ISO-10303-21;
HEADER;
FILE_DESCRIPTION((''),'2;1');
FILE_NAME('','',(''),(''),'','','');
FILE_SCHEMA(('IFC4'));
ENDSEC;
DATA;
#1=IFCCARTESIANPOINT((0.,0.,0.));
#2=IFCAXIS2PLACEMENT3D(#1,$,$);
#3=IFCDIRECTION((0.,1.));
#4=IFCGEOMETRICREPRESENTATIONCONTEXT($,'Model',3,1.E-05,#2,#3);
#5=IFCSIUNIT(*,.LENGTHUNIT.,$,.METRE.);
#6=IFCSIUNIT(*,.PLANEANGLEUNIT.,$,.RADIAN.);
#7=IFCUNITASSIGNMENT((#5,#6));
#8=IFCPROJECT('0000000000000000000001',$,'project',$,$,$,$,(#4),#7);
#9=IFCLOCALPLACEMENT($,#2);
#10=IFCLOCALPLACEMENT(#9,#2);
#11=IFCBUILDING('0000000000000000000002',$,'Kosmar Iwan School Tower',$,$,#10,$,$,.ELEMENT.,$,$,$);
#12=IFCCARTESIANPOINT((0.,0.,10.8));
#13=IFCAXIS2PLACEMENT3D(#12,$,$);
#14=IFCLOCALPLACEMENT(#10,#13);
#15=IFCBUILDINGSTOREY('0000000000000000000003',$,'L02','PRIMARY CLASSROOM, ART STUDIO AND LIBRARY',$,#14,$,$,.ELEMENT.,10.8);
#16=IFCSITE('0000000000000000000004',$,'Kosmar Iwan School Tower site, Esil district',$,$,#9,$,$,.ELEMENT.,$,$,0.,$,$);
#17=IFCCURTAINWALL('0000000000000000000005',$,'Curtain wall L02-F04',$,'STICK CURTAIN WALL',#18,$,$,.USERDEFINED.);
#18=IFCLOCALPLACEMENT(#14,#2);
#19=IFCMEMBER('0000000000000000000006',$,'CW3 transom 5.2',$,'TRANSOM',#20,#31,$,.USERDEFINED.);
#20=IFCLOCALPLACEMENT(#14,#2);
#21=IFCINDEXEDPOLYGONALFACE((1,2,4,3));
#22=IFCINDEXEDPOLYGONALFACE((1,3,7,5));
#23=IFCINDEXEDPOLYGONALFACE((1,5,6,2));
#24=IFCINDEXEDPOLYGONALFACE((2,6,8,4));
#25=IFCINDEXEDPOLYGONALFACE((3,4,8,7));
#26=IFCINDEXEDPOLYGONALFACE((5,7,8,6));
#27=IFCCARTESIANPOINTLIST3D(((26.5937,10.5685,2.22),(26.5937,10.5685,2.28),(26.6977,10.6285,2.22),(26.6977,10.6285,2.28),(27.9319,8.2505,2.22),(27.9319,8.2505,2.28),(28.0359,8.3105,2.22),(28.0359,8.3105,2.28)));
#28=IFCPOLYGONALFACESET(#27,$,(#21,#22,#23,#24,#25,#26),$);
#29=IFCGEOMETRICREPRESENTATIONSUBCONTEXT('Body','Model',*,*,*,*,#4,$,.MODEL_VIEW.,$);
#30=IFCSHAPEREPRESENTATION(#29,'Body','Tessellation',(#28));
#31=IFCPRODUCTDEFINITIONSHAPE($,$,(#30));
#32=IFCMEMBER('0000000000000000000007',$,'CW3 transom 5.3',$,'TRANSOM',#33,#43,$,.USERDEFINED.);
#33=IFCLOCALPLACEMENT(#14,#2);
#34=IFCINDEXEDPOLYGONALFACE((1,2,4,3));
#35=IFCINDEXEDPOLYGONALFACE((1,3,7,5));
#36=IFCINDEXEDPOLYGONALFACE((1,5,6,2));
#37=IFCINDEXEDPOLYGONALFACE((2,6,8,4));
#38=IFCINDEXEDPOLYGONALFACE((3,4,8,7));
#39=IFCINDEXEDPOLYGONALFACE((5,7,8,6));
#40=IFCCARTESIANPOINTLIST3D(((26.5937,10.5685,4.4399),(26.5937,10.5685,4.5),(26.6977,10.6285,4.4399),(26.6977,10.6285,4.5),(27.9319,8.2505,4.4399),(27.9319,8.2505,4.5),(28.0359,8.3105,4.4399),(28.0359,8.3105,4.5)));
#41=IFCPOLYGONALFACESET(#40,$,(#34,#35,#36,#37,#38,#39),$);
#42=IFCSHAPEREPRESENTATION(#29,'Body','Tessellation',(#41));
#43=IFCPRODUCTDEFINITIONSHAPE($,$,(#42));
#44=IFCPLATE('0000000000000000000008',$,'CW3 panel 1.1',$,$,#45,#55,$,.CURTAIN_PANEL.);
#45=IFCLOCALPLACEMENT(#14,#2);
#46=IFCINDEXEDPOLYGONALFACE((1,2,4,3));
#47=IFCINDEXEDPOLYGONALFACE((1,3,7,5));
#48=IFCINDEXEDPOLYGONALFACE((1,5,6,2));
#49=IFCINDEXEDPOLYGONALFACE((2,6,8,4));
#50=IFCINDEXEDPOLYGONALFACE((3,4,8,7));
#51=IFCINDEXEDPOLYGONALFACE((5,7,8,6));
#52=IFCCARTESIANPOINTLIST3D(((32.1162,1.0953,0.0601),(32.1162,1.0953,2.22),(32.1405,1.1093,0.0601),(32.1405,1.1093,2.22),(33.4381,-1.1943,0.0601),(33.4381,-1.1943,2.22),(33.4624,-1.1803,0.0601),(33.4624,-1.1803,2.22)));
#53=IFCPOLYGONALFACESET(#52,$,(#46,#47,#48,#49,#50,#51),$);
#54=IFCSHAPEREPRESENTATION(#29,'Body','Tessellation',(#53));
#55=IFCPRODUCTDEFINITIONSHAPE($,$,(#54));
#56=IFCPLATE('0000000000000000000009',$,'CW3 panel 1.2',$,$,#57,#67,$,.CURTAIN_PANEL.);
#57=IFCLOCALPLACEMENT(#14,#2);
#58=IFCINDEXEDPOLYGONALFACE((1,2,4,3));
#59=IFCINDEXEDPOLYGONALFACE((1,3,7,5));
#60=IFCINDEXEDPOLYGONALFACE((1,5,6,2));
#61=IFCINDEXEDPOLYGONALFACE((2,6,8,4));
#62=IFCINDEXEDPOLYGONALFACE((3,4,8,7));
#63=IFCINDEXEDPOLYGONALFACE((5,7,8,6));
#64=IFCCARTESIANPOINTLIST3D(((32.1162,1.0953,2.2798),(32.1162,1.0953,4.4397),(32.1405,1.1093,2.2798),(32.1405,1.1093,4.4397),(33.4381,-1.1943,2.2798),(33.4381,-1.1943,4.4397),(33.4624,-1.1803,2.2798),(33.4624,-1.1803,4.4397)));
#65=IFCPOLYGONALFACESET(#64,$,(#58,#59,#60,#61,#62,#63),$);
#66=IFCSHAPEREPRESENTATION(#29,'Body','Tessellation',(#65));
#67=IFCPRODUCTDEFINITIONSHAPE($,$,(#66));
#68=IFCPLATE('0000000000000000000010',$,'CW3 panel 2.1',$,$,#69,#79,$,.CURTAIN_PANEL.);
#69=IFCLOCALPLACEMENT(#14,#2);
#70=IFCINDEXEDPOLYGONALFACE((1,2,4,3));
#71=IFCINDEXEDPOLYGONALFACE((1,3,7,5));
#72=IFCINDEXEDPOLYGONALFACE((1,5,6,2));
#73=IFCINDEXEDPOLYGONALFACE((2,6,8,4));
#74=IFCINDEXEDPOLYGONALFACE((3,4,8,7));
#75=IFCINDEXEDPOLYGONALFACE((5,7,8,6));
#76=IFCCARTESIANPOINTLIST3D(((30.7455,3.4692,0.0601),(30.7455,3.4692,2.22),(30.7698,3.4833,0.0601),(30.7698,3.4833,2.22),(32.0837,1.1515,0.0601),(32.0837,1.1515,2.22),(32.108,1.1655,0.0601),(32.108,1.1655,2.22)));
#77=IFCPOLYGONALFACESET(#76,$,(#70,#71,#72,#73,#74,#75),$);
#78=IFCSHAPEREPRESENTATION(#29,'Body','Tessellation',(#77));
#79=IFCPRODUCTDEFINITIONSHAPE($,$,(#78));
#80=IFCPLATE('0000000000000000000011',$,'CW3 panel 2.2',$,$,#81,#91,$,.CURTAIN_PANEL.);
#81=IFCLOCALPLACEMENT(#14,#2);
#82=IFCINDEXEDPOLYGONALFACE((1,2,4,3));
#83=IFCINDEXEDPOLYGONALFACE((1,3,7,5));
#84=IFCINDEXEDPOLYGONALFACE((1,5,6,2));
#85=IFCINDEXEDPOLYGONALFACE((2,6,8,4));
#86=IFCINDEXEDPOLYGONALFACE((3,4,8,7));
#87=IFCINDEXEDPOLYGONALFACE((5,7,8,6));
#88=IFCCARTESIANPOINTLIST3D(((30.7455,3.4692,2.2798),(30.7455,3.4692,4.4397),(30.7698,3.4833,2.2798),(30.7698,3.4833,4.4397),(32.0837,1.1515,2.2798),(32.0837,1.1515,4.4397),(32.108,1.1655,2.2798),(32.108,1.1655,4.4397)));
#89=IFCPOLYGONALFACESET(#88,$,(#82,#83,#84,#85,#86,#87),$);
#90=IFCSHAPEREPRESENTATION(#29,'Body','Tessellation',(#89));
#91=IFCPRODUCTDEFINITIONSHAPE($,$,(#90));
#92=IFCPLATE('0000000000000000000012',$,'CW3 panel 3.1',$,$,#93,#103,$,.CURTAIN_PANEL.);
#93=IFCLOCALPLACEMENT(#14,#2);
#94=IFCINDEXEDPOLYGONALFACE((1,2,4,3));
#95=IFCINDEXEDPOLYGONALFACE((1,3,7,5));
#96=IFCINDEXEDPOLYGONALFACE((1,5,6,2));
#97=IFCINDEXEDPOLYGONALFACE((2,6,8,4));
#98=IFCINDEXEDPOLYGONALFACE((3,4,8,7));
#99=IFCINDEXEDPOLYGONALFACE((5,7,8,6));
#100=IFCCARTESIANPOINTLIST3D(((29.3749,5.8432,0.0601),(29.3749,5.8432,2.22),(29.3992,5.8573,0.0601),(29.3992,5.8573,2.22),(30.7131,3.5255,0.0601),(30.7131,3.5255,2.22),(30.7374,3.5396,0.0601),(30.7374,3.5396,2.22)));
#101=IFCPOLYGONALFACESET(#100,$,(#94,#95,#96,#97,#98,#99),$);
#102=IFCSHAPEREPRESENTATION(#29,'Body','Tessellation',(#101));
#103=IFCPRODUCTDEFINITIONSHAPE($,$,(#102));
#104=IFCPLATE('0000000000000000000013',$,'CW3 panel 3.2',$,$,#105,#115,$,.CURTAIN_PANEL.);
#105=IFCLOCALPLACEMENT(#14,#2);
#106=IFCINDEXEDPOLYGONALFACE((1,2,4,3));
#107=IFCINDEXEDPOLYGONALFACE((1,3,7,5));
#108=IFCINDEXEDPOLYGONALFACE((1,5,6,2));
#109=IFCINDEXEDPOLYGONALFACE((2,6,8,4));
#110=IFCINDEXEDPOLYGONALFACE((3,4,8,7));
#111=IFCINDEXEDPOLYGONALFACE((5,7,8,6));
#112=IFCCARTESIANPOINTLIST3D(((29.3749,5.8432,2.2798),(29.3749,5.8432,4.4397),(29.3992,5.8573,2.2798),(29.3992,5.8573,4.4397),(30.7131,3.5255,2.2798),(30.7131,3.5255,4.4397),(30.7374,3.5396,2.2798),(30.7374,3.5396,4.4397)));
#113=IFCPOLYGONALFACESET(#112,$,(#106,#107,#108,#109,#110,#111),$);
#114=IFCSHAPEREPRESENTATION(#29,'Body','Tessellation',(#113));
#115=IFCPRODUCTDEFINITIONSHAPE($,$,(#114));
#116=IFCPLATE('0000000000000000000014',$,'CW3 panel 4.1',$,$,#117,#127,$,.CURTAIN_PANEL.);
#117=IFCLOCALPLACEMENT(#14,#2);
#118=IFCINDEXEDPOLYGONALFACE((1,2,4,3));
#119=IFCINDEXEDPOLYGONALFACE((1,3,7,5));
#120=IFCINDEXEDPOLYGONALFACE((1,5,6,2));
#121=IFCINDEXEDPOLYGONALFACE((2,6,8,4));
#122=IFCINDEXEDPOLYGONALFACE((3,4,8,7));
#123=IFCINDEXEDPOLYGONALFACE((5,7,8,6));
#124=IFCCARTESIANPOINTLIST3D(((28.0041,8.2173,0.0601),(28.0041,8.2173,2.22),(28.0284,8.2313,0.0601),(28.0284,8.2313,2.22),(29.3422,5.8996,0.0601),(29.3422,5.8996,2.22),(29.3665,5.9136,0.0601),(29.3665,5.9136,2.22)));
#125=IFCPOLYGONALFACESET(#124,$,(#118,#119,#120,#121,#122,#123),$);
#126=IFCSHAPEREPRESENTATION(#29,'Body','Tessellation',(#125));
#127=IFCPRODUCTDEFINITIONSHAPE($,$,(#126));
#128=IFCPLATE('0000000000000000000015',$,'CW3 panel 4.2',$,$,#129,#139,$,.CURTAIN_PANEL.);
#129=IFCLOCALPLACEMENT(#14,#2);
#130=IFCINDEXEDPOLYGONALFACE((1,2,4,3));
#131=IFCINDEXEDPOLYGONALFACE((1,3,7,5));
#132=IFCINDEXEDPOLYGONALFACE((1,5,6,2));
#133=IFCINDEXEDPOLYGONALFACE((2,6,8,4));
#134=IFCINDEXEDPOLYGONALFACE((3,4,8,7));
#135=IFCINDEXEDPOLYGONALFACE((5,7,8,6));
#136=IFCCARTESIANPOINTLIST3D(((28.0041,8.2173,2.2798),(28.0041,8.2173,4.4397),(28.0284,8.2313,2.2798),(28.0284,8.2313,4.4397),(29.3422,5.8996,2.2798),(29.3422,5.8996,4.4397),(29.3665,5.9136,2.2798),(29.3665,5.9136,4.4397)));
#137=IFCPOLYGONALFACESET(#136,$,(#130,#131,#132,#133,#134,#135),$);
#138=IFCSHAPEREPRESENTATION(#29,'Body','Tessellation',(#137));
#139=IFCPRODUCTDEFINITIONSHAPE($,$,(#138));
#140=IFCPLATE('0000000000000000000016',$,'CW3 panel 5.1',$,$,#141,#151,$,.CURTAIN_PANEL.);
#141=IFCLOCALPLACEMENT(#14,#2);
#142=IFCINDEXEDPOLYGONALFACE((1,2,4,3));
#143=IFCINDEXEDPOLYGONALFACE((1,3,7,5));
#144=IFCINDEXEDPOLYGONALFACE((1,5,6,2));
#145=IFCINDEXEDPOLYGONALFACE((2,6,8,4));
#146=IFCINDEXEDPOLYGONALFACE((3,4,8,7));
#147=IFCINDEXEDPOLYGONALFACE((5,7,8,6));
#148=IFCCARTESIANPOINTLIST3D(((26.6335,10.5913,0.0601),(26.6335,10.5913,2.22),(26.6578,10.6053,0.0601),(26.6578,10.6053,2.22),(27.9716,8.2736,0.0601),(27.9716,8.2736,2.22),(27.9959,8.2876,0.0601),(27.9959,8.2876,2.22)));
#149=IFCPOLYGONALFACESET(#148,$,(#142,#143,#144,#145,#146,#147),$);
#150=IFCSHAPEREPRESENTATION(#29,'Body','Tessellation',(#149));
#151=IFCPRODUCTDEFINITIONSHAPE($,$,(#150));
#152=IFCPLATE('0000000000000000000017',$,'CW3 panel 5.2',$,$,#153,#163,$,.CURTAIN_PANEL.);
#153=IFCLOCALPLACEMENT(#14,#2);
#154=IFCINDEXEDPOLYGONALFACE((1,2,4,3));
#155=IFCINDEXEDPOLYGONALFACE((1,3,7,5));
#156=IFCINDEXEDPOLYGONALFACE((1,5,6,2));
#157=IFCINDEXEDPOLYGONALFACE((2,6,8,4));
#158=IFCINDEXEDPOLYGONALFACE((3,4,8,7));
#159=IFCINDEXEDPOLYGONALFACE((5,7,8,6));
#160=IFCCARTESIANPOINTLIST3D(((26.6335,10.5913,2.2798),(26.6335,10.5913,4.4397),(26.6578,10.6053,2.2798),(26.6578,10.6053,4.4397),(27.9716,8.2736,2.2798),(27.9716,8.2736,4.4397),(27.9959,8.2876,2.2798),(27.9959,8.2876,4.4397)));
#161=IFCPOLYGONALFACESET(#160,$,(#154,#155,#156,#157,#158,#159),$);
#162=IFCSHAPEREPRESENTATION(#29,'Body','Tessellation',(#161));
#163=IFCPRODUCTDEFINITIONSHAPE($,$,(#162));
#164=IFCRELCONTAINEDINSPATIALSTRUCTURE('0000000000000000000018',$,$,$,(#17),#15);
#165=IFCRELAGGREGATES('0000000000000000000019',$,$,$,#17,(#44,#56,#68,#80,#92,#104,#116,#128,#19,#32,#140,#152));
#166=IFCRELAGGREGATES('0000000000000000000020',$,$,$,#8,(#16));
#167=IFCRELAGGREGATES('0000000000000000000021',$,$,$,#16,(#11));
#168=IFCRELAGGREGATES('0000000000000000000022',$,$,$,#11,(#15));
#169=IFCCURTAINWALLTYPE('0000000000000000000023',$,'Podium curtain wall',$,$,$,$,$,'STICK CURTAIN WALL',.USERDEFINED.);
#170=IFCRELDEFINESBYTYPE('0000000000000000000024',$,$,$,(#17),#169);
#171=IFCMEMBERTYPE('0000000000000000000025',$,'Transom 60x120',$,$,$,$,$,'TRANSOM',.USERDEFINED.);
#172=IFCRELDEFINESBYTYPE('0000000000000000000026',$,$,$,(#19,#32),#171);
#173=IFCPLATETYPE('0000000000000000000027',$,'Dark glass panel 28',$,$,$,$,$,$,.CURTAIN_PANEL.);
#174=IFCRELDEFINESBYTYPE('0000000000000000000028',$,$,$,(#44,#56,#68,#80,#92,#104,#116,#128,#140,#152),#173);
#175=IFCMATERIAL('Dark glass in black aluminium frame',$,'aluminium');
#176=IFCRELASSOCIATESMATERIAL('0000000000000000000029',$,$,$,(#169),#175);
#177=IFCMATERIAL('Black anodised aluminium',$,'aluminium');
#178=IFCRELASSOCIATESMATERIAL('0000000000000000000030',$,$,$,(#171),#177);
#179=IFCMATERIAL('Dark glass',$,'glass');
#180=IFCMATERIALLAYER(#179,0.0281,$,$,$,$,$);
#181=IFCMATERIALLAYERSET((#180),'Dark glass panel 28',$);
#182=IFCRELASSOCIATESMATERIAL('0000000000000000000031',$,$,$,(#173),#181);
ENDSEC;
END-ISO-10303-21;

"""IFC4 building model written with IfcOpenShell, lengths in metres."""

from ifc_helpers import new_model, si_unit, direction, frame, origin, origin_2d, place, context, subcontext, project, spatial, rectangle, extrude, material, layer, layer_set, material_profile, profile_set, type_object, element, aggregate, save


model = new_model("IFC4")

# Units and contexts
model_context = context("Model", 3, precision=1e-05, world=origin(), true_north=direction((0.0, 1.0)))
body_context = subcontext(model_context, "Body", "Model", "MODEL_VIEW")
ifc_project = project(units=[si_unit("LENGTHUNIT", "METRE"), si_unit("PLANEANGLEUNIT", "RADIAN")], contexts=[model_context])

# Site, building, storey
site_placement = place(None, origin())
site = spatial("IfcSite", under=ifc_project, at=site_placement, Name="Kosmar Iwan School Tower site, Esil district", CompositionType="ELEMENT", RefElevation=0.0)
building_placement = place(site_placement, origin())
building = spatial("IfcBuilding", under=site, at=building_placement, Name="Kosmar Iwan School Tower", CompositionType="ELEMENT")
storey_placement = place(building_placement, frame((0.0, 0.0, 10.8)))
storey = spatial("IfcBuildingStorey", under=building, at=storey_placement, Name="L02", Description="PRIMARY CLASSROOM, ART STUDIO AND LIBRARY", CompositionType="ELEMENT", Elevation=10.8)

# Curtain wall, members, plates
ifc_material_1 = material(Name="Dark glass in black aluminium frame", Category="aluminium")
curtain_wall_type = type_object("IfcCurtainWallType", Name="Podium curtain wall", ElementType="STICK CURTAIN WALL", PredefinedType="USERDEFINED", material=ifc_material_1)
curtain_wall_placement = place(storey_placement, origin())
curtain_wall = element("IfcCurtainWall", 1, at=curtain_wall_placement, inside=storey, type_object=curtain_wall_type, Name="Curtain wall L02-F04", ObjectType="STICK CURTAIN WALL", PredefinedType="USERDEFINED")
ifc_material_2 = material(Name="Black anodised aluminium", Category="aluminium")
ifc_material_profile_1 = material_profile(ifc_material_2, rectangle(XDim=0.1201, YDim=0.0601, at=origin_2d()), Name="TRANSOM 60x120")
ifc_profile_set_1 = profile_set([ifc_material_profile_1], Name="Black anodised aluminium")
member_type_1 = type_object("IfcMemberType", Name="Transom 60x120", ElementType="TRANSOM", PredefinedType="USERDEFINED", material=ifc_profile_set_1)
member_1_placement = place(storey_placement, frame((27.9839, 8.2805, 2.25), z_axis=(-0.499975, 0.86604, 0.0), x_axis=(-0.86604, -0.499975, 0.0)))
member_1 = element("IfcMember", 2, at=member_1_placement, type_object=member_type_1, Name="CW3 transom 5.2", ObjectType="TRANSOM", PredefinedType="USERDEFINED", context=body_context, shape_type="SweptSolid", body=[
    extrude(rectangle(XDim=0.1201, YDim=0.0601, at=origin_2d()), origin(), (0.0, 0.0, 1.0), 2.6765),
])
member_2_placement = place(storey_placement, frame((27.9839, 8.2805, 4.47), z_axis=(-0.499975, 0.86604, 0.0), x_axis=(-0.86604, -0.499975, 0.0)))
member_2 = element("IfcMember", 3, at=member_2_placement, type_object=member_type_1, Name="CW3 transom 5.3", ObjectType="TRANSOM", PredefinedType="USERDEFINED", context=body_context, shape_type="SweptSolid", body=[
    extrude(rectangle(XDim=0.1201, YDim=0.0601, at=origin_2d()), origin(), (0.0, 0.0, 1.0), 2.6765),
])
ifc_material_3 = material(Name="Dark glass", Category="glass")
ifc_layer = layer(ifc_material_3, 0.0281)
ifc_layer_set = layer_set([ifc_layer], Name="Dark glass panel 28")
plate_type = type_object("IfcPlateType", Name="Dark glass panel 28", PredefinedType="CURTAIN_PANEL", material=ifc_layer_set)
plate_1_placement = place(storey_placement, frame((32.7893, -0.0425, 0.0601), z_axis=(0.0, 0.0, 1.0), x_axis=(-0.5, 0.866025, 0.0)))
plate_1 = element("IfcPlate", 4, at=plate_1_placement, type_object=plate_type, Name="CW3 panel 1.1", PredefinedType="CURTAIN_PANEL", context=body_context, shape_type="SweptSolid", body=[
    extrude(rectangle(XDim=2.6438, YDim=0.0281, at=origin_2d()), origin(), (0.0, 0.0, 1.0), 2.1599),
])
plate_2_placement = place(storey_placement, frame((32.7893, -0.0425, 2.2798), z_axis=(0.0, 0.0, 1.0), x_axis=(-0.5, 0.866025, 0.0)))
plate_2 = element("IfcPlate", 5, at=plate_2_placement, type_object=plate_type, Name="CW3 panel 1.2", PredefinedType="CURTAIN_PANEL", context=body_context, shape_type="SweptSolid", body=[
    extrude(rectangle(XDim=2.6438, YDim=0.0281, at=origin_2d()), origin(), (0.0, 0.0, 1.0), 2.1599),
])
plate_3_placement = place(storey_placement, frame((31.4268, 2.3174, 0.0601), z_axis=(0.0, 0.0, 1.0), x_axis=(-0.5, 0.866025, 0.0)))
plate_3 = element("IfcPlate", 6, at=plate_3_placement, type_object=plate_type, Name="CW3 panel 2.1", PredefinedType="CURTAIN_PANEL", context=body_context, shape_type="SweptSolid", body=[
    extrude(rectangle(XDim=2.6763, YDim=0.0281, at=origin_2d()), origin(), (0.0, 0.0, 1.0), 2.1599),
])
plate_4_placement = place(storey_placement, frame((31.4268, 2.3174, 2.2798), z_axis=(0.0, 0.0, 1.0), x_axis=(-0.5, 0.866025, 0.0)))
plate_4 = element("IfcPlate", 7, at=plate_4_placement, type_object=plate_type, Name="CW3 panel 2.2", PredefinedType="CURTAIN_PANEL", context=body_context, shape_type="SweptSolid", body=[
    extrude(rectangle(XDim=2.6763, YDim=0.0281, at=origin_2d()), origin(), (0.0, 0.0, 1.0), 2.1599),
])
plate_5_placement = place(storey_placement, frame((30.0562, 4.6914, 0.0601), z_axis=(0.0, 0.0, 1.0), x_axis=(-0.5, 0.866025, 0.0)))
plate_5 = element("IfcPlate", 8, at=plate_5_placement, type_object=plate_type, Name="CW3 panel 3.1", PredefinedType="CURTAIN_PANEL", context=body_context, shape_type="SweptSolid", body=[
    extrude(rectangle(XDim=2.6763, YDim=0.0281, at=origin_2d()), origin(), (0.0, 0.0, 1.0), 2.1599),
])
plate_6_placement = place(storey_placement, frame((30.0562, 4.6914, 2.2798), z_axis=(0.0, 0.0, 1.0), x_axis=(-0.5, 0.866025, 0.0)))
plate_6 = element("IfcPlate", 9, at=plate_6_placement, type_object=plate_type, Name="CW3 panel 3.2", PredefinedType="CURTAIN_PANEL", context=body_context, shape_type="SweptSolid", body=[
    extrude(rectangle(XDim=2.6763, YDim=0.0281, at=origin_2d()), origin(), (0.0, 0.0, 1.0), 2.1599),
])
plate_7_placement = place(storey_placement, frame((28.6853, 7.0654, 0.0601), z_axis=(0.0, 0.0, 1.0), x_axis=(-0.5, 0.866025, 0.0)))
plate_7 = element("IfcPlate", 10, at=plate_7_placement, type_object=plate_type, Name="CW3 panel 4.1", PredefinedType="CURTAIN_PANEL", context=body_context, shape_type="SweptSolid", body=[
    extrude(rectangle(XDim=2.6763, YDim=0.0281, at=origin_2d()), origin(), (0.0, 0.0, 1.0), 2.1599),
])
plate_8_placement = place(storey_placement, frame((28.6853, 7.0654, 2.2798), z_axis=(0.0, 0.0, 1.0), x_axis=(-0.5, 0.866025, 0.0)))
plate_8 = element("IfcPlate", 11, at=plate_8_placement, type_object=plate_type, Name="CW3 panel 4.2", PredefinedType="CURTAIN_PANEL", context=body_context, shape_type="SweptSolid", body=[
    extrude(rectangle(XDim=2.6763, YDim=0.0281, at=origin_2d()), origin(), (0.0, 0.0, 1.0), 2.1599),
])
plate_9_placement = place(storey_placement, frame((27.3147, 9.4395, 0.0601), z_axis=(0.0, 0.0, 1.0), x_axis=(-0.5, 0.866025, 0.0)))
plate_9 = element("IfcPlate", 12, at=plate_9_placement, type_object=plate_type, Name="CW3 panel 5.1", PredefinedType="CURTAIN_PANEL", context=body_context, shape_type="SweptSolid", body=[
    extrude(rectangle(XDim=2.6763, YDim=0.0281, at=origin_2d()), origin(), (0.0, 0.0, 1.0), 2.1599),
])
plate_10_placement = place(storey_placement, frame((27.3147, 9.4395, 2.2798), z_axis=(0.0, 0.0, 1.0), x_axis=(-0.5, 0.866025, 0.0)))
plate_10 = element("IfcPlate", 13, at=plate_10_placement, type_object=plate_type, Name="CW3 panel 5.2", PredefinedType="CURTAIN_PANEL", context=body_context, shape_type="SweptSolid", body=[
    extrude(rectangle(XDim=2.6763, YDim=0.0281, at=origin_2d()), origin(), (0.0, 0.0, 1.0), 2.1599),
])
aggregate(curtain_wall, [plate_1, plate_2, plate_3, plate_4, plate_5, plate_6, plate_7, plate_8, member_1, member_2, plate_9, plate_10])

save(model, "model.ifc")
